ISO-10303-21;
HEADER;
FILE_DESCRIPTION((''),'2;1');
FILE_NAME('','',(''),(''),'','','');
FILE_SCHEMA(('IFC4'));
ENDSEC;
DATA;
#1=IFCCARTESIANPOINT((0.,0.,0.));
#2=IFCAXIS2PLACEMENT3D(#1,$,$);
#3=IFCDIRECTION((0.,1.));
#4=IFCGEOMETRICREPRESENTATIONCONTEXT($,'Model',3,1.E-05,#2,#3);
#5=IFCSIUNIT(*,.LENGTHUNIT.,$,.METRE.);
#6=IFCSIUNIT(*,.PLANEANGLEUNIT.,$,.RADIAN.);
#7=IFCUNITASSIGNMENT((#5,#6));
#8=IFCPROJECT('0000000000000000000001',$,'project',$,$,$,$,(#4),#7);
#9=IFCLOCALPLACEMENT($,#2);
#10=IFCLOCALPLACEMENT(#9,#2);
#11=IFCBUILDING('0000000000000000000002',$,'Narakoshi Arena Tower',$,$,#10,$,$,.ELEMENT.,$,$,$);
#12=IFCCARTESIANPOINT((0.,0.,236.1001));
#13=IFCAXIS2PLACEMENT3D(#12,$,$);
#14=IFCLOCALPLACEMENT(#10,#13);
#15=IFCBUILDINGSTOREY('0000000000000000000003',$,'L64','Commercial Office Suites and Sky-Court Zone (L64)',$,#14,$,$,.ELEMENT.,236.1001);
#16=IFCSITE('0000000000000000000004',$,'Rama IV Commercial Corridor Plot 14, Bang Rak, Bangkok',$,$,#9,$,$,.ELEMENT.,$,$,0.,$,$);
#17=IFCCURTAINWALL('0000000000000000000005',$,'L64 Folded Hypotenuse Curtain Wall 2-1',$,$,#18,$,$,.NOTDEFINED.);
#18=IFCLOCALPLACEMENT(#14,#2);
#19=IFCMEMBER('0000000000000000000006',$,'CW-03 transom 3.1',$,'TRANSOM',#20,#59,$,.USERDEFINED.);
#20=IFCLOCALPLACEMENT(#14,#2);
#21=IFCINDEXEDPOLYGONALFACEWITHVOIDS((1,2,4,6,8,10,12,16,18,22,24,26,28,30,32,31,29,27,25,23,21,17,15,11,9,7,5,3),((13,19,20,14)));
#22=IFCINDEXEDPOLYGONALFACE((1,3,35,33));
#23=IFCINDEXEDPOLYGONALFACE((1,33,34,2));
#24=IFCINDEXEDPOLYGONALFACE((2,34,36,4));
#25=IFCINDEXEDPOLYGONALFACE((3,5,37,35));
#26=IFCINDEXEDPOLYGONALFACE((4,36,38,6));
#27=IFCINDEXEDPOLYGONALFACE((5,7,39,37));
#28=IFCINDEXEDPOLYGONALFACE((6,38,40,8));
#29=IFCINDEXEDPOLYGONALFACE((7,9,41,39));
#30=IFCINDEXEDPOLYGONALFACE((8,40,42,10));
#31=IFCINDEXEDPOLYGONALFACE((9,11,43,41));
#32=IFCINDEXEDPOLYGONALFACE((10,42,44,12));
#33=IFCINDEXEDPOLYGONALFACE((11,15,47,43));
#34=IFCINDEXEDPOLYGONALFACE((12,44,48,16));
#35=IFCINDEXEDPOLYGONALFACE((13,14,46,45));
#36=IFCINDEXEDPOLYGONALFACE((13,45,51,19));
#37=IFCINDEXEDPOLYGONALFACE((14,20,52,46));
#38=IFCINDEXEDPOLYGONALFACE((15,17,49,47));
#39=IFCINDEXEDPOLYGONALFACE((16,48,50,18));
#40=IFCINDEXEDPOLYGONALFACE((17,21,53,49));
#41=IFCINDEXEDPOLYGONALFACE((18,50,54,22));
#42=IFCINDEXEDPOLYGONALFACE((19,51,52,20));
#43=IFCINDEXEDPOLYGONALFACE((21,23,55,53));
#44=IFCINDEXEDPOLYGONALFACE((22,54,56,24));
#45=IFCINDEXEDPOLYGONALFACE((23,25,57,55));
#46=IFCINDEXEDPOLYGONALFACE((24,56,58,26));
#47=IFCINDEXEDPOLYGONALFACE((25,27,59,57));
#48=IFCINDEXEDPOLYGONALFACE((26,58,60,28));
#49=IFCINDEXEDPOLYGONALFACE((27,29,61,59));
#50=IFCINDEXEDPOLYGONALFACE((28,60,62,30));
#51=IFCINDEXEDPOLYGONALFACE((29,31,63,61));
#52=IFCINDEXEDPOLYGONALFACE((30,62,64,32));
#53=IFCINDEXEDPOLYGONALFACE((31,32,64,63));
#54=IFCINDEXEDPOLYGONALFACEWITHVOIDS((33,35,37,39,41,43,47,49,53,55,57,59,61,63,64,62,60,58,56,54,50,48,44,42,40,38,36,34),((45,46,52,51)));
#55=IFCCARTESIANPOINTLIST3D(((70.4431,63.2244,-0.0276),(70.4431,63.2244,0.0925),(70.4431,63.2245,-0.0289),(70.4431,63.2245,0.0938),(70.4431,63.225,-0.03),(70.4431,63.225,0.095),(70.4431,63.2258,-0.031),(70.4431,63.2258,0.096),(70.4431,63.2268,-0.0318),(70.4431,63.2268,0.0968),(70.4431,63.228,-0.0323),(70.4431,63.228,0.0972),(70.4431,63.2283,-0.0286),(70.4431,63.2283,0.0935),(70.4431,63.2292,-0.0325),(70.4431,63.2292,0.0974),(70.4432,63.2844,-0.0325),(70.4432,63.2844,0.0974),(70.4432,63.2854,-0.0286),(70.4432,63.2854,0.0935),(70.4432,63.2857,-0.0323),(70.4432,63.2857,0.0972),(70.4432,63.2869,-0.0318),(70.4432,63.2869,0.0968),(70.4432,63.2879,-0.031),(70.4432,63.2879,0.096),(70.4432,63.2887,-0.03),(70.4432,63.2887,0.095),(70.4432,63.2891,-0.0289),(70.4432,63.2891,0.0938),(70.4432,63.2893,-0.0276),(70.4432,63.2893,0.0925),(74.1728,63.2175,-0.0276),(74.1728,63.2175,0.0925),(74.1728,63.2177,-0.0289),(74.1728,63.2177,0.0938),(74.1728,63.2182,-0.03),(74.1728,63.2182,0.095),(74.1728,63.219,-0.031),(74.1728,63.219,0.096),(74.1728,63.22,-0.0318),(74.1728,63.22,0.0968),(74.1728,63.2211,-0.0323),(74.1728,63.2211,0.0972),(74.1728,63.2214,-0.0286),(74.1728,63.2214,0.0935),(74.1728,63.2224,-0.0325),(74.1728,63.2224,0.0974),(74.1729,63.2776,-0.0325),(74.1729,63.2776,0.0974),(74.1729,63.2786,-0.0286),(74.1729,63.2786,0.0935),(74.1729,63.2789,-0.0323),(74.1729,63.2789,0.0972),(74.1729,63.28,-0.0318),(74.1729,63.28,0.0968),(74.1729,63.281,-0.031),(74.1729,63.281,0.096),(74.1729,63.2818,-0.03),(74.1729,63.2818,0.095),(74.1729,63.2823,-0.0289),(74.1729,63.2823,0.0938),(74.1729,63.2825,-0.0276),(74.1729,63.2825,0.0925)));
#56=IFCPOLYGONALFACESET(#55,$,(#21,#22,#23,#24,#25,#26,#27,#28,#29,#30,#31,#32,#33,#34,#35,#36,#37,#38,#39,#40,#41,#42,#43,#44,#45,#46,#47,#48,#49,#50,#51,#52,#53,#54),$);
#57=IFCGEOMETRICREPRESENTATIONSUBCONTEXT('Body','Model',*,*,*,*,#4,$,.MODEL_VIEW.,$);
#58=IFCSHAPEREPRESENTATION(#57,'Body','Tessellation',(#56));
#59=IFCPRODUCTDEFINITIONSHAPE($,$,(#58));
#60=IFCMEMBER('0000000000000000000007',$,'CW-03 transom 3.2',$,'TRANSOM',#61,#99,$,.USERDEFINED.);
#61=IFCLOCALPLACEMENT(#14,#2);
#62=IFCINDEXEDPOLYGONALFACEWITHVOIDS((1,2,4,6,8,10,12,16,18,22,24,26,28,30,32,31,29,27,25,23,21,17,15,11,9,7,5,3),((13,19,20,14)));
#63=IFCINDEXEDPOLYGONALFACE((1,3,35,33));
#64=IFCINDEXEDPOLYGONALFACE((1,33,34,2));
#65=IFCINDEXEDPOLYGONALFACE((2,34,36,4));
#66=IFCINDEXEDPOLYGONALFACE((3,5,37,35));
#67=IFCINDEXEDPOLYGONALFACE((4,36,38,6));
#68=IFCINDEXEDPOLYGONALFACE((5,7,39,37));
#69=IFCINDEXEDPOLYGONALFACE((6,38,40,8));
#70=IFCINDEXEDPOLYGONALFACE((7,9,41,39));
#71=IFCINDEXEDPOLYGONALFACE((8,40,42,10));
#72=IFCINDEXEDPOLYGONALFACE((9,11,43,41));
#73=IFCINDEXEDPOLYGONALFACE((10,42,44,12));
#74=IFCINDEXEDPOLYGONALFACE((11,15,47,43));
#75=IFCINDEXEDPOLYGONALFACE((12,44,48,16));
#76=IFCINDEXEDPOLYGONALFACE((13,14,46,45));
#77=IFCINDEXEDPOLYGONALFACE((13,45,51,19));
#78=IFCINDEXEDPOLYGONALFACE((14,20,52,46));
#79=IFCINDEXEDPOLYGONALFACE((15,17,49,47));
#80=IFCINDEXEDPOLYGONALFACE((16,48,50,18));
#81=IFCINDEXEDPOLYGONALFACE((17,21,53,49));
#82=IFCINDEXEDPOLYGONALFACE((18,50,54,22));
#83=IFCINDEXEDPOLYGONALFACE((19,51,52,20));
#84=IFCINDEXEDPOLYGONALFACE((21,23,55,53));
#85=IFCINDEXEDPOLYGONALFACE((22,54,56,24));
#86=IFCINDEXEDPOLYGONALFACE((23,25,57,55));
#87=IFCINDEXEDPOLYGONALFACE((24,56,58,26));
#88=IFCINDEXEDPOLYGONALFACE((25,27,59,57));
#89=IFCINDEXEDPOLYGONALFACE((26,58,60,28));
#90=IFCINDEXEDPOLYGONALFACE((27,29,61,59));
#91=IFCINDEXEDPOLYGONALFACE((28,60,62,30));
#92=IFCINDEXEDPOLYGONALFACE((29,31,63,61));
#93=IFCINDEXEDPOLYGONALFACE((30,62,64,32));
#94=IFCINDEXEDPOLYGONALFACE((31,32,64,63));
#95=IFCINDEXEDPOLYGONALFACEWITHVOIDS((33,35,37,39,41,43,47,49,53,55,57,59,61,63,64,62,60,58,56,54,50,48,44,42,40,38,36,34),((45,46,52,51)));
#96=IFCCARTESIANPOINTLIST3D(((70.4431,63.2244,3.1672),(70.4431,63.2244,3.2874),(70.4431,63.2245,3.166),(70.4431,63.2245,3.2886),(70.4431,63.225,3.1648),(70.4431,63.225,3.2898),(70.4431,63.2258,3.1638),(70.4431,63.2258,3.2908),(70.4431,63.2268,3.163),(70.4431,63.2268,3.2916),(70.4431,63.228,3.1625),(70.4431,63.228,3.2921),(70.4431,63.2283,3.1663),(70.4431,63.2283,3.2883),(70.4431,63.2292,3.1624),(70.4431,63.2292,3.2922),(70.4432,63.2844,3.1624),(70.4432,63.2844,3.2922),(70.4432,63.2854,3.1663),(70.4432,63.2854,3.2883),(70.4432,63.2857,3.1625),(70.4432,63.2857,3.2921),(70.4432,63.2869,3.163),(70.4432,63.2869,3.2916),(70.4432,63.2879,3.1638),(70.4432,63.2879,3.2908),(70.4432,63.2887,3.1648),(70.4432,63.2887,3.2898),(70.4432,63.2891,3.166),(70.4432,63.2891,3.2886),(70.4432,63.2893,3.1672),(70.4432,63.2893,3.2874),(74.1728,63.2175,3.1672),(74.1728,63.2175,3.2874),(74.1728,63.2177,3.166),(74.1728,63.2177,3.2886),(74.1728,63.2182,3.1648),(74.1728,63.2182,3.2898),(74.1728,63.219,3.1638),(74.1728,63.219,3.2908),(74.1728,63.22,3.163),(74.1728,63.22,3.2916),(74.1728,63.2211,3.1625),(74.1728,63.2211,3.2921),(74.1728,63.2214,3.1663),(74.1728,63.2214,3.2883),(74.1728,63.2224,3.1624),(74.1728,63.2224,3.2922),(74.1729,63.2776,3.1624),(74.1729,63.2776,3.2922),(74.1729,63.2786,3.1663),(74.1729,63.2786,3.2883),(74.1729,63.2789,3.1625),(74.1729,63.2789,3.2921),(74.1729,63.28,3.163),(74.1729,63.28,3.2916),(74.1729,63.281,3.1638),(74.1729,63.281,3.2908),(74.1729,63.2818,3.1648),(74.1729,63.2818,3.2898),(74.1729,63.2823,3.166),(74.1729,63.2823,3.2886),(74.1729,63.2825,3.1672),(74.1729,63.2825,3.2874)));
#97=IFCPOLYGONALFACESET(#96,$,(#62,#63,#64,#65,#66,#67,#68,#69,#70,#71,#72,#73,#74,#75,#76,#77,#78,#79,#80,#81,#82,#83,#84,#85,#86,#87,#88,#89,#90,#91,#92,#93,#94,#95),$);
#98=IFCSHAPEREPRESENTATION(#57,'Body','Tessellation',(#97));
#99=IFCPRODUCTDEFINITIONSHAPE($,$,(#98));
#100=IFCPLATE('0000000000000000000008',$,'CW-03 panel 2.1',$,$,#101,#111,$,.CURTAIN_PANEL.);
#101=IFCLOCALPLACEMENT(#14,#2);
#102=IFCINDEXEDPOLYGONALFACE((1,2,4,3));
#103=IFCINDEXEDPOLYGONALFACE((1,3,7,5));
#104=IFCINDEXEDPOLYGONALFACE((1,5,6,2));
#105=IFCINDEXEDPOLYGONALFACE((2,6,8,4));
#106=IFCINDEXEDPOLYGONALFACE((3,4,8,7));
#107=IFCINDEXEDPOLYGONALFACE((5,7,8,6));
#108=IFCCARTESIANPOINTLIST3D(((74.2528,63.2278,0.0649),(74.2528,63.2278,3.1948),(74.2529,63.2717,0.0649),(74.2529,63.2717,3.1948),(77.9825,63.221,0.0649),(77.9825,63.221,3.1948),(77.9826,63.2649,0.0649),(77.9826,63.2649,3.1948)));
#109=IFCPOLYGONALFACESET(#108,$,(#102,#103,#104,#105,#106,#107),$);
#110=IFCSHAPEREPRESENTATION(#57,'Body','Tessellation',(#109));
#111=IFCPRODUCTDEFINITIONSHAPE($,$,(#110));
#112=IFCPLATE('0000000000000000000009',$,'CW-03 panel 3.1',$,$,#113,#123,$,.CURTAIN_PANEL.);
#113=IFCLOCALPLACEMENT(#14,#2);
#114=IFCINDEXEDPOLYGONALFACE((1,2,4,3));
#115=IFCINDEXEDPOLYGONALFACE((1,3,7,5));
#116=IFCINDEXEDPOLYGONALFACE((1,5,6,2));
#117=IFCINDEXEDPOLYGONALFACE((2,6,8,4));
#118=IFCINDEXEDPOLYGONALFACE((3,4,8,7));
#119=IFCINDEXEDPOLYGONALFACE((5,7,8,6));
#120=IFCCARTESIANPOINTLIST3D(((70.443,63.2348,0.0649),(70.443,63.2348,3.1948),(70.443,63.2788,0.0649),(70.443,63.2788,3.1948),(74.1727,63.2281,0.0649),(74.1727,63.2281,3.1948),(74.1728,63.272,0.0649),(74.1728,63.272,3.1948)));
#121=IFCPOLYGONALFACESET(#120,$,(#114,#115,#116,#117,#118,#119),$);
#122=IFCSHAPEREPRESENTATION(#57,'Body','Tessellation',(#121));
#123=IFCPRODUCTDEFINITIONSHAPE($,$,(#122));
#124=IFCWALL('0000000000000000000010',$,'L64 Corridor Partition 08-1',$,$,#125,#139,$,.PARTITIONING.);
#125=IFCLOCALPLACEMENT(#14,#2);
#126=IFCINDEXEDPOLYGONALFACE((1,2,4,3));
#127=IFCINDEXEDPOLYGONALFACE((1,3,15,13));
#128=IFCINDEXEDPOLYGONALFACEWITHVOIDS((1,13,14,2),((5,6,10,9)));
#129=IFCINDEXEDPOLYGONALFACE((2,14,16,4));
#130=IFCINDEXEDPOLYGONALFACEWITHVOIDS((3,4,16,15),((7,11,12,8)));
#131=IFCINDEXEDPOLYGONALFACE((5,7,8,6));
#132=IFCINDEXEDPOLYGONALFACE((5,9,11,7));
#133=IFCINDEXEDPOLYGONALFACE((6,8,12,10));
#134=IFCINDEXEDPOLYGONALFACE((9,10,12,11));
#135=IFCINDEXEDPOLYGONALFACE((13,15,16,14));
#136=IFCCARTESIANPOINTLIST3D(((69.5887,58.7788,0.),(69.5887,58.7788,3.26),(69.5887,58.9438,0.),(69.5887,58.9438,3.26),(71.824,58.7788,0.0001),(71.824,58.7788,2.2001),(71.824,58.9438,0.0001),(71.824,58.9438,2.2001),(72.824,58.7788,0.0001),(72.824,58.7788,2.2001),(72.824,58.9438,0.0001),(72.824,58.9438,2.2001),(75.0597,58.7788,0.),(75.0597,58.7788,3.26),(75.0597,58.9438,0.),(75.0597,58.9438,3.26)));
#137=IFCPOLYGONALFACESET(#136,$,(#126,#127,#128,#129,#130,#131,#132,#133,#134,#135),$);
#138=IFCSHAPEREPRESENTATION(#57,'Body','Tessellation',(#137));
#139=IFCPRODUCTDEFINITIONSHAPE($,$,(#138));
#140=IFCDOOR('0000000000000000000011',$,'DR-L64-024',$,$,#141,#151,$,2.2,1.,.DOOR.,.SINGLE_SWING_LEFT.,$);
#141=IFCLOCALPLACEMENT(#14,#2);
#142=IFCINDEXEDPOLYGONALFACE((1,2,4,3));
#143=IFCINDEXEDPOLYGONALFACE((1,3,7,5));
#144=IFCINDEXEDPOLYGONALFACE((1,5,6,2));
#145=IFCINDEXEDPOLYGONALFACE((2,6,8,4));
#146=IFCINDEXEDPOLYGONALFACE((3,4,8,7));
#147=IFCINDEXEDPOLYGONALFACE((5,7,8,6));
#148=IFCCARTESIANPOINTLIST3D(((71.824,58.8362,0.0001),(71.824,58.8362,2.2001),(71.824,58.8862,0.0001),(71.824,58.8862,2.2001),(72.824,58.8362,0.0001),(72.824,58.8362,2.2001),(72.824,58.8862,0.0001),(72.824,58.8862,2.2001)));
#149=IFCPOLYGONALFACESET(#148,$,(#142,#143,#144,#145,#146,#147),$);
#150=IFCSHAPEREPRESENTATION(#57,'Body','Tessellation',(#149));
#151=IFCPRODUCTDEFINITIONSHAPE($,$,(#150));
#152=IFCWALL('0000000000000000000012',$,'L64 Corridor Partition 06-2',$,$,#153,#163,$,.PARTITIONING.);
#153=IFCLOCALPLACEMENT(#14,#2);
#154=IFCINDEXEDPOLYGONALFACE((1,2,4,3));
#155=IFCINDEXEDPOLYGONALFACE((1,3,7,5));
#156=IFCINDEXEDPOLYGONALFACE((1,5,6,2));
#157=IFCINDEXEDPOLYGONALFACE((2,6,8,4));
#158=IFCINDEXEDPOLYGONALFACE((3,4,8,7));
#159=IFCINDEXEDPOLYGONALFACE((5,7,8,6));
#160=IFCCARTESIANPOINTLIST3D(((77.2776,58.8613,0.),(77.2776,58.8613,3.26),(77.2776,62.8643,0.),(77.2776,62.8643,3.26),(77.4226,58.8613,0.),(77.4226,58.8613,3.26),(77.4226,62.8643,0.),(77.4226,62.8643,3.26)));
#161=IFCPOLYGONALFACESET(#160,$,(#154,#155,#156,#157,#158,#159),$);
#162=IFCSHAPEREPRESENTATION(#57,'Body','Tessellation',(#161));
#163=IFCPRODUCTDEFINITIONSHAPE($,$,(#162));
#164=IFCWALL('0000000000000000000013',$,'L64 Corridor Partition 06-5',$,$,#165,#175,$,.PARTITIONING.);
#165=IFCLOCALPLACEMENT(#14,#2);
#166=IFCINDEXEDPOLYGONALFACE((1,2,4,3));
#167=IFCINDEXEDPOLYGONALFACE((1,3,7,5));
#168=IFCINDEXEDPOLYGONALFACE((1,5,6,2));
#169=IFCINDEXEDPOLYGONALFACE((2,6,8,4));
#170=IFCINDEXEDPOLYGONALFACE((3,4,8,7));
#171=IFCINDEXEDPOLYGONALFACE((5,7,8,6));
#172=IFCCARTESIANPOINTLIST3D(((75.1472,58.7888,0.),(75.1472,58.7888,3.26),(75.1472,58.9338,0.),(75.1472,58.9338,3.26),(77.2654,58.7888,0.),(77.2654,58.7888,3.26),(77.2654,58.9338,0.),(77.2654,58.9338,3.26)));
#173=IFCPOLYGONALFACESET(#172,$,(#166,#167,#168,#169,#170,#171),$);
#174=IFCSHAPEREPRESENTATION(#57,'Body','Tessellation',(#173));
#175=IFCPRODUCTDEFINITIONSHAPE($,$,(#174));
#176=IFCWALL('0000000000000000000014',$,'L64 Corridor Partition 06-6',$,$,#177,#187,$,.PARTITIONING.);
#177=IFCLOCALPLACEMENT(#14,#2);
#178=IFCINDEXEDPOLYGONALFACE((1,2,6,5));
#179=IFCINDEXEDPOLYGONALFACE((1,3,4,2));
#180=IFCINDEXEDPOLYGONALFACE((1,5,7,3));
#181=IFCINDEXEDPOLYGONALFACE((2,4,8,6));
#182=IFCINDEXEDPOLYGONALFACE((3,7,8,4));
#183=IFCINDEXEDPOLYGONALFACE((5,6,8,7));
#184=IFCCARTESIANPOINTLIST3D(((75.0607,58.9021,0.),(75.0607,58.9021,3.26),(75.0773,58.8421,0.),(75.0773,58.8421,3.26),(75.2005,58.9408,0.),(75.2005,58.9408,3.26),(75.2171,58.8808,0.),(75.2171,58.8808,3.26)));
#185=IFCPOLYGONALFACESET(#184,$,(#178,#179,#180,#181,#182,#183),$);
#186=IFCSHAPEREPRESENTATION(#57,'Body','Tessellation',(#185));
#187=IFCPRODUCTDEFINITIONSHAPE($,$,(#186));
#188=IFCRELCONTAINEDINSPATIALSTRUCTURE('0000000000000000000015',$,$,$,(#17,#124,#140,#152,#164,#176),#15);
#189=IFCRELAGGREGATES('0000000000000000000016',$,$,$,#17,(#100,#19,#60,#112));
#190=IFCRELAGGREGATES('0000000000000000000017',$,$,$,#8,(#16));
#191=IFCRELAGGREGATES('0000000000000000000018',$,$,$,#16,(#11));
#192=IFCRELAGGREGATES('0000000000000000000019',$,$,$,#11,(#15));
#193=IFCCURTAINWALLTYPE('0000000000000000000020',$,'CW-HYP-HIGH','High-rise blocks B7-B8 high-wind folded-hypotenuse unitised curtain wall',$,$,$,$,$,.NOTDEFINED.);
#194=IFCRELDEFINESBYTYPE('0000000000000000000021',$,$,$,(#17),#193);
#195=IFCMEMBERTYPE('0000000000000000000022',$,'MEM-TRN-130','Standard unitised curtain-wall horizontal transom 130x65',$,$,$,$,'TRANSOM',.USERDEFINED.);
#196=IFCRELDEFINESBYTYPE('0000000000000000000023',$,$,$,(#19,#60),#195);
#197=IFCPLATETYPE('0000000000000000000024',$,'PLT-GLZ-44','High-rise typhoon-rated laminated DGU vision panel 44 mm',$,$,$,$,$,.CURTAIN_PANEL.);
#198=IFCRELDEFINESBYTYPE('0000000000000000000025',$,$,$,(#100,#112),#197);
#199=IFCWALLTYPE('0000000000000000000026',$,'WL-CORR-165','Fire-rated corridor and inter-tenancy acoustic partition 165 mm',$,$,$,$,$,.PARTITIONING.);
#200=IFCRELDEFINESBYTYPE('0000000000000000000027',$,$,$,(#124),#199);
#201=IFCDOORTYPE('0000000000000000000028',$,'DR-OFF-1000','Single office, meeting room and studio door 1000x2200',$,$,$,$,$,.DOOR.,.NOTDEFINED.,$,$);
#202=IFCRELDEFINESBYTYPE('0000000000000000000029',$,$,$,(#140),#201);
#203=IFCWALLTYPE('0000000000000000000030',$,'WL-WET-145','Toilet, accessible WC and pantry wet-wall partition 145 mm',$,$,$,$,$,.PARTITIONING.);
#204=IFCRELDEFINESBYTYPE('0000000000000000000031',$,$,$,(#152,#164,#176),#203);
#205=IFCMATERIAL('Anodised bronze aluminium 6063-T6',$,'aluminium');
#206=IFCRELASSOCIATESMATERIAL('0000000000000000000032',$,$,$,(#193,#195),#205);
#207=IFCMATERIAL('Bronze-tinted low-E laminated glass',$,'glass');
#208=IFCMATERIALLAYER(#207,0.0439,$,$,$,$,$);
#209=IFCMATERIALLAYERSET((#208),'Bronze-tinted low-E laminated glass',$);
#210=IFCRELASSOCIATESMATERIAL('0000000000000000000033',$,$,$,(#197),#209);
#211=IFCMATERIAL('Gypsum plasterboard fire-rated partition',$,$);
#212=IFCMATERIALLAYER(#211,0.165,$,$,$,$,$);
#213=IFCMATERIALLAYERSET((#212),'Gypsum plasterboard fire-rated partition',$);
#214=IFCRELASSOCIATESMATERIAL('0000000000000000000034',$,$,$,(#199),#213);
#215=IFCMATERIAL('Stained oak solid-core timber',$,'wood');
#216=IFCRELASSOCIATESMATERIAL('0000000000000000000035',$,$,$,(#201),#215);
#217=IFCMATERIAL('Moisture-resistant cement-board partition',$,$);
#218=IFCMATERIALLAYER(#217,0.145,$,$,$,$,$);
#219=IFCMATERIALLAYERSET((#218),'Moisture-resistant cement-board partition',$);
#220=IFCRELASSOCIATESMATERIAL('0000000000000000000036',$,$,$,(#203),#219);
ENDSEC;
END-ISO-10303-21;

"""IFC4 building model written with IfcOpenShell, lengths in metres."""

from ifc_helpers import new_model, si_unit, direction, frame, frame_2d, origin, origin_2d, place, context, subcontext, project, spatial, rectangle, hollow_rectangle, extrude, material, layer, layer_set, material_profile, profile_set, type_object, element, fill, aggregate, save


model = new_model("IFC4")

# Units and contexts
model_context = context("Model", 3, precision=1e-05, world=origin(), true_north=direction((0.0, 1.0)))
body_context = subcontext(model_context, "Body", "Model", "MODEL_VIEW")
ifc_project = project(units=[si_unit("LENGTHUNIT", "METRE"), si_unit("PLANEANGLEUNIT", "RADIAN")], contexts=[model_context])

# Site, building, storey
site_placement = place(None, origin())
site = spatial("IfcSite", under=ifc_project, at=site_placement, Name="Rama IV Commercial Corridor Plot 14, Bang Rak, Bangkok", CompositionType="ELEMENT", RefElevation=0.0)
building_placement = place(site_placement, origin())
building = spatial("IfcBuilding", under=site, at=building_placement, Name="Narakoshi Arena Tower", CompositionType="ELEMENT")
storey_placement = place(building_placement, frame((0.0, 0.0, 236.1001)))
storey = spatial("IfcBuildingStorey", under=building, at=storey_placement, Name="L64", Description="Commercial Office Suites and Sky-Court Zone (L64)", CompositionType="ELEMENT", Elevation=236.1001)

# Curtain wall, members, plates
ifc_material_1 = material(Name="Anodised bronze aluminium 6063-T6", Category="aluminium")
curtain_wall_type = type_object("IfcCurtainWallType", Name="CW-HYP-HIGH", Description="High-rise blocks B7-B8 high-wind folded-hypotenuse unitised curtain wall", PredefinedType="NOTDEFINED", material=ifc_material_1)
curtain_wall_placement = place(storey_placement, origin())
curtain_wall = element("IfcCurtainWall", 1, at=curtain_wall_placement, inside=storey, type_object=curtain_wall_type, Name="L64 Folded Hypotenuse Curtain Wall 2-1", PredefinedType="NOTDEFINED")
ifc_material_profile_1 = material_profile(ifc_material_1, hollow_rectangle(XDim=0.0649, YDim=0.1299, WallThickness=0.0039, OuterFilletRadius=0.0049, at=origin_2d()), Name="TRN130x65x4")
ifc_profile_set_1 = profile_set([ifc_material_profile_1], Name="Anodised bronze aluminium 6063-T6")
member_type_1 = type_object("IfcMemberType", Name="MEM-TRN-130", Description="Standard unitised curtain-wall horizontal transom 130x65", ElementType="TRANSOM", PredefinedType="USERDEFINED", material=ifc_profile_set_1)
member_1_placement = place(storey_placement, frame((74.1729, 63.25, 0.0325), z_axis=(-0.999998, 0.001833, 0.0), x_axis=(-0.001833, -0.999998, 0.0)))
member_1 = element("IfcMember", 2, at=member_1_placement, type_object=member_type_1, Name="CW-03 transom 3.1", ObjectType="TRANSOM", PredefinedType="USERDEFINED", context=body_context, shape_type="SweptSolid", body=[
    extrude(hollow_rectangle(XDim=0.0649, YDim=0.1299, WallThickness=0.0039, OuterFilletRadius=0.0049, at=origin_2d()), origin(), (0.0, 0.0, 1.0), 3.7297),
])
member_2_placement = place(storey_placement, frame((74.1729, 63.25, 3.2273), z_axis=(-0.999998, 0.001833, 0.0), x_axis=(-0.001833, -0.999998, 0.0)))
member_2 = element("IfcMember", 3, at=member_2_placement, type_object=member_type_1, Name="CW-03 transom 3.2", ObjectType="TRANSOM", PredefinedType="USERDEFINED", context=body_context, shape_type="SweptSolid", body=[
    extrude(hollow_rectangle(XDim=0.0649, YDim=0.1299, WallThickness=0.0039, OuterFilletRadius=0.0049, at=origin_2d()), origin(), (0.0, 0.0, 1.0), 3.7297),
])
ifc_material_2 = material(Name="Bronze-tinted low-E laminated glass", Category="glass")
ifc_layer_1 = layer(ifc_material_2, 0.0439)
ifc_layer_set_1 = layer_set([ifc_layer_1], Name="Bronze-tinted low-E laminated glass")
plate_type = type_object("IfcPlateType", Name="PLT-GLZ-44", Description="High-rise typhoon-rated laminated DGU vision panel 44 mm", PredefinedType="CURTAIN_PANEL", material=ifc_layer_set_1)
plate_1_placement = place(storey_placement, frame((76.1177, 63.2463, 0.0649), z_axis=(0.0, 0.0, 1.0), x_axis=(-0.999998, 0.00182, 0.0)))
plate_1 = element("IfcPlate", 4, at=plate_1_placement, type_object=plate_type, Name="CW-03 panel 2.1", PredefinedType="CURTAIN_PANEL", context=body_context, shape_type="SweptSolid", body=[
    extrude(rectangle(XDim=3.7297, YDim=0.0439, at=origin_2d()), origin(), (0.0, 0.0, 1.0), 3.1299),
])
plate_2_placement = place(storey_placement, frame((72.3079, 63.2534, 0.0649), z_axis=(0.0, 0.0, 1.0), x_axis=(-0.999998, 0.00182, 0.0)))
plate_2 = element("IfcPlate", 5, at=plate_2_placement, type_object=plate_type, Name="CW-03 panel 3.1", PredefinedType="CURTAIN_PANEL", context=body_context, shape_type="SweptSolid", body=[
    extrude(rectangle(XDim=3.7297, YDim=0.0439, at=origin_2d()), origin(), (0.0, 0.0, 1.0), 3.1299),
])
aggregate(curtain_wall, [plate_1, member_1, member_2, plate_2])

# Wall, opening, door
ifc_material_3 = material(Name="Gypsum plasterboard fire-rated partition")
ifc_layer_2 = layer(ifc_material_3, 0.165)
ifc_layer_set_2 = layer_set([ifc_layer_2], Name="Gypsum plasterboard fire-rated partition")
wall_type_1 = type_object("IfcWallType", Name="WL-CORR-165", Description="Fire-rated corridor and inter-tenancy acoustic partition 165 mm", PredefinedType="PARTITIONING", material=ifc_layer_set_2)
wall_1_placement = place(storey_placement, frame((75.0596, 58.8613, 0.0), z_axis=(0.0, 0.0, 1.0), x_axis=(-1.0, 0.0, 0.0)))
wall_1 = element("IfcWall", 6, at=wall_1_placement, inside=storey, type_object=wall_type_1, Name="L64 Corridor Partition 08-1", PredefinedType="PARTITIONING", context=body_context, shape_type="SweptSolid", body=[
    extrude(rectangle(XDim=5.4709, YDim=0.165, at=frame_2d((2.7354, 0.0))), origin(), (0.0, 0.0, 1.0), 3.26),
])
opening_placement = place(wall_1_placement, frame((2.2356, 0.0, 0.0)))
opening = element("IfcOpeningElement", 7, at=opening_placement, cuts=wall_1, PredefinedType="OPENING", context=body_context, shape_type="SweptSolid", body=[
    extrude(rectangle(XDim=1.0, YDim=2.2, at=frame_2d((0.5, 1.1001))), frame((0.0, 0.0925, 0.0), z_axis=(0.0, -1.0, 0.0), x_axis=(1.0, 0.0, 0.0)), (0.0, 0.0, 1.0), 0.1851),
])
ifc_material_4 = material(Name="Stained oak solid-core timber", Category="wood")
door_type = type_object("IfcDoorType", Name="DR-OFF-1000", Description="Single office, meeting room and studio door 1000x2200", OperationType="NOTDEFINED", PredefinedType="DOOR", material=ifc_material_4)
door_placement = place(opening_placement, frame((1.0, 0.0, 0.0), z_axis=(0.0, 0.0, 1.0), x_axis=(-1.0, 0.0, 0.0)))
door = element("IfcDoor", 8, at=door_placement, inside=storey, type_object=door_type, Name="DR-L64-024", OperationType="SINGLE_SWING_LEFT", OverallHeight=2.2, OverallWidth=1.0, PredefinedType="DOOR", context=body_context, shape_type="SweptSolid", body=[
    extrude(rectangle(XDim=1.0, YDim=2.2, at=frame_2d((0.5, 1.1001))), frame((0.0, 0.0249, 0.0), z_axis=(0.0, -1.0, 0.0), x_axis=(1.0, 0.0, 0.0)), (0.0, 0.0, 1.0), 0.05),
])
fill(opening, door)

# Walls
ifc_material_5 = material(Name="Moisture-resistant cement-board partition")
ifc_layer_3 = layer(ifc_material_5, 0.145)
ifc_layer_set_3 = layer_set([ifc_layer_3], Name="Moisture-resistant cement-board partition")
wall_type_2 = type_object("IfcWallType", Name="WL-WET-145", Description="Toilet, accessible WC and pantry wet-wall partition 145 mm", PredefinedType="PARTITIONING", material=ifc_layer_set_3)
wall_2_placement = place(storey_placement, frame((77.3501, 62.8643, 0.0), z_axis=(0.0, 0.0, 1.0), x_axis=(0.0, -1.0, 0.0)))
element("IfcWall", 9, at=wall_2_placement, inside=storey, type_object=wall_type_2, Name="L64 Corridor Partition 06-2", PredefinedType="PARTITIONING", context=body_context, shape_type="SweptSolid", body=[
    extrude(rectangle(XDim=4.0029, YDim=0.145, at=frame_2d((2.0015, 0.0))), origin(), (0.0, 0.0, 1.0), 3.26),
])
wall_3_placement = place(storey_placement, frame((77.2654, 58.8613, 0.0), z_axis=(0.0, 0.0, 1.0), x_axis=(-1.0, 0.0, 0.0)))
element("IfcWall", 10, at=wall_3_placement, inside=storey, type_object=wall_type_2, Name="L64 Corridor Partition 06-5", PredefinedType="PARTITIONING", context=body_context, shape_type="SweptSolid", body=[
    extrude(rectangle(XDim=2.1182, YDim=0.145, at=frame_2d((1.0591, 0.0))), origin(), (0.0, 0.0, 1.0), 3.26),
])
wall_4_placement = place(storey_placement, frame((75.1472, 58.8613, 0.0), z_axis=(0.0, 0.0, 1.0), x_axis=(-0.266431, 0.963854, 0.0)))
element("IfcWall", 11, at=wall_4_placement, inside=storey, type_object=wall_type_2, Name="L64 Corridor Partition 06-6", PredefinedType="PARTITIONING", context=body_context, shape_type="SweptSolid", body=[
    extrude(rectangle(XDim=0.0623, YDim=0.145, at=frame_2d((0.0312, 0.0))), origin(), (0.0, 0.0, 1.0), 3.26),
])

save(model, "model.ifc")
